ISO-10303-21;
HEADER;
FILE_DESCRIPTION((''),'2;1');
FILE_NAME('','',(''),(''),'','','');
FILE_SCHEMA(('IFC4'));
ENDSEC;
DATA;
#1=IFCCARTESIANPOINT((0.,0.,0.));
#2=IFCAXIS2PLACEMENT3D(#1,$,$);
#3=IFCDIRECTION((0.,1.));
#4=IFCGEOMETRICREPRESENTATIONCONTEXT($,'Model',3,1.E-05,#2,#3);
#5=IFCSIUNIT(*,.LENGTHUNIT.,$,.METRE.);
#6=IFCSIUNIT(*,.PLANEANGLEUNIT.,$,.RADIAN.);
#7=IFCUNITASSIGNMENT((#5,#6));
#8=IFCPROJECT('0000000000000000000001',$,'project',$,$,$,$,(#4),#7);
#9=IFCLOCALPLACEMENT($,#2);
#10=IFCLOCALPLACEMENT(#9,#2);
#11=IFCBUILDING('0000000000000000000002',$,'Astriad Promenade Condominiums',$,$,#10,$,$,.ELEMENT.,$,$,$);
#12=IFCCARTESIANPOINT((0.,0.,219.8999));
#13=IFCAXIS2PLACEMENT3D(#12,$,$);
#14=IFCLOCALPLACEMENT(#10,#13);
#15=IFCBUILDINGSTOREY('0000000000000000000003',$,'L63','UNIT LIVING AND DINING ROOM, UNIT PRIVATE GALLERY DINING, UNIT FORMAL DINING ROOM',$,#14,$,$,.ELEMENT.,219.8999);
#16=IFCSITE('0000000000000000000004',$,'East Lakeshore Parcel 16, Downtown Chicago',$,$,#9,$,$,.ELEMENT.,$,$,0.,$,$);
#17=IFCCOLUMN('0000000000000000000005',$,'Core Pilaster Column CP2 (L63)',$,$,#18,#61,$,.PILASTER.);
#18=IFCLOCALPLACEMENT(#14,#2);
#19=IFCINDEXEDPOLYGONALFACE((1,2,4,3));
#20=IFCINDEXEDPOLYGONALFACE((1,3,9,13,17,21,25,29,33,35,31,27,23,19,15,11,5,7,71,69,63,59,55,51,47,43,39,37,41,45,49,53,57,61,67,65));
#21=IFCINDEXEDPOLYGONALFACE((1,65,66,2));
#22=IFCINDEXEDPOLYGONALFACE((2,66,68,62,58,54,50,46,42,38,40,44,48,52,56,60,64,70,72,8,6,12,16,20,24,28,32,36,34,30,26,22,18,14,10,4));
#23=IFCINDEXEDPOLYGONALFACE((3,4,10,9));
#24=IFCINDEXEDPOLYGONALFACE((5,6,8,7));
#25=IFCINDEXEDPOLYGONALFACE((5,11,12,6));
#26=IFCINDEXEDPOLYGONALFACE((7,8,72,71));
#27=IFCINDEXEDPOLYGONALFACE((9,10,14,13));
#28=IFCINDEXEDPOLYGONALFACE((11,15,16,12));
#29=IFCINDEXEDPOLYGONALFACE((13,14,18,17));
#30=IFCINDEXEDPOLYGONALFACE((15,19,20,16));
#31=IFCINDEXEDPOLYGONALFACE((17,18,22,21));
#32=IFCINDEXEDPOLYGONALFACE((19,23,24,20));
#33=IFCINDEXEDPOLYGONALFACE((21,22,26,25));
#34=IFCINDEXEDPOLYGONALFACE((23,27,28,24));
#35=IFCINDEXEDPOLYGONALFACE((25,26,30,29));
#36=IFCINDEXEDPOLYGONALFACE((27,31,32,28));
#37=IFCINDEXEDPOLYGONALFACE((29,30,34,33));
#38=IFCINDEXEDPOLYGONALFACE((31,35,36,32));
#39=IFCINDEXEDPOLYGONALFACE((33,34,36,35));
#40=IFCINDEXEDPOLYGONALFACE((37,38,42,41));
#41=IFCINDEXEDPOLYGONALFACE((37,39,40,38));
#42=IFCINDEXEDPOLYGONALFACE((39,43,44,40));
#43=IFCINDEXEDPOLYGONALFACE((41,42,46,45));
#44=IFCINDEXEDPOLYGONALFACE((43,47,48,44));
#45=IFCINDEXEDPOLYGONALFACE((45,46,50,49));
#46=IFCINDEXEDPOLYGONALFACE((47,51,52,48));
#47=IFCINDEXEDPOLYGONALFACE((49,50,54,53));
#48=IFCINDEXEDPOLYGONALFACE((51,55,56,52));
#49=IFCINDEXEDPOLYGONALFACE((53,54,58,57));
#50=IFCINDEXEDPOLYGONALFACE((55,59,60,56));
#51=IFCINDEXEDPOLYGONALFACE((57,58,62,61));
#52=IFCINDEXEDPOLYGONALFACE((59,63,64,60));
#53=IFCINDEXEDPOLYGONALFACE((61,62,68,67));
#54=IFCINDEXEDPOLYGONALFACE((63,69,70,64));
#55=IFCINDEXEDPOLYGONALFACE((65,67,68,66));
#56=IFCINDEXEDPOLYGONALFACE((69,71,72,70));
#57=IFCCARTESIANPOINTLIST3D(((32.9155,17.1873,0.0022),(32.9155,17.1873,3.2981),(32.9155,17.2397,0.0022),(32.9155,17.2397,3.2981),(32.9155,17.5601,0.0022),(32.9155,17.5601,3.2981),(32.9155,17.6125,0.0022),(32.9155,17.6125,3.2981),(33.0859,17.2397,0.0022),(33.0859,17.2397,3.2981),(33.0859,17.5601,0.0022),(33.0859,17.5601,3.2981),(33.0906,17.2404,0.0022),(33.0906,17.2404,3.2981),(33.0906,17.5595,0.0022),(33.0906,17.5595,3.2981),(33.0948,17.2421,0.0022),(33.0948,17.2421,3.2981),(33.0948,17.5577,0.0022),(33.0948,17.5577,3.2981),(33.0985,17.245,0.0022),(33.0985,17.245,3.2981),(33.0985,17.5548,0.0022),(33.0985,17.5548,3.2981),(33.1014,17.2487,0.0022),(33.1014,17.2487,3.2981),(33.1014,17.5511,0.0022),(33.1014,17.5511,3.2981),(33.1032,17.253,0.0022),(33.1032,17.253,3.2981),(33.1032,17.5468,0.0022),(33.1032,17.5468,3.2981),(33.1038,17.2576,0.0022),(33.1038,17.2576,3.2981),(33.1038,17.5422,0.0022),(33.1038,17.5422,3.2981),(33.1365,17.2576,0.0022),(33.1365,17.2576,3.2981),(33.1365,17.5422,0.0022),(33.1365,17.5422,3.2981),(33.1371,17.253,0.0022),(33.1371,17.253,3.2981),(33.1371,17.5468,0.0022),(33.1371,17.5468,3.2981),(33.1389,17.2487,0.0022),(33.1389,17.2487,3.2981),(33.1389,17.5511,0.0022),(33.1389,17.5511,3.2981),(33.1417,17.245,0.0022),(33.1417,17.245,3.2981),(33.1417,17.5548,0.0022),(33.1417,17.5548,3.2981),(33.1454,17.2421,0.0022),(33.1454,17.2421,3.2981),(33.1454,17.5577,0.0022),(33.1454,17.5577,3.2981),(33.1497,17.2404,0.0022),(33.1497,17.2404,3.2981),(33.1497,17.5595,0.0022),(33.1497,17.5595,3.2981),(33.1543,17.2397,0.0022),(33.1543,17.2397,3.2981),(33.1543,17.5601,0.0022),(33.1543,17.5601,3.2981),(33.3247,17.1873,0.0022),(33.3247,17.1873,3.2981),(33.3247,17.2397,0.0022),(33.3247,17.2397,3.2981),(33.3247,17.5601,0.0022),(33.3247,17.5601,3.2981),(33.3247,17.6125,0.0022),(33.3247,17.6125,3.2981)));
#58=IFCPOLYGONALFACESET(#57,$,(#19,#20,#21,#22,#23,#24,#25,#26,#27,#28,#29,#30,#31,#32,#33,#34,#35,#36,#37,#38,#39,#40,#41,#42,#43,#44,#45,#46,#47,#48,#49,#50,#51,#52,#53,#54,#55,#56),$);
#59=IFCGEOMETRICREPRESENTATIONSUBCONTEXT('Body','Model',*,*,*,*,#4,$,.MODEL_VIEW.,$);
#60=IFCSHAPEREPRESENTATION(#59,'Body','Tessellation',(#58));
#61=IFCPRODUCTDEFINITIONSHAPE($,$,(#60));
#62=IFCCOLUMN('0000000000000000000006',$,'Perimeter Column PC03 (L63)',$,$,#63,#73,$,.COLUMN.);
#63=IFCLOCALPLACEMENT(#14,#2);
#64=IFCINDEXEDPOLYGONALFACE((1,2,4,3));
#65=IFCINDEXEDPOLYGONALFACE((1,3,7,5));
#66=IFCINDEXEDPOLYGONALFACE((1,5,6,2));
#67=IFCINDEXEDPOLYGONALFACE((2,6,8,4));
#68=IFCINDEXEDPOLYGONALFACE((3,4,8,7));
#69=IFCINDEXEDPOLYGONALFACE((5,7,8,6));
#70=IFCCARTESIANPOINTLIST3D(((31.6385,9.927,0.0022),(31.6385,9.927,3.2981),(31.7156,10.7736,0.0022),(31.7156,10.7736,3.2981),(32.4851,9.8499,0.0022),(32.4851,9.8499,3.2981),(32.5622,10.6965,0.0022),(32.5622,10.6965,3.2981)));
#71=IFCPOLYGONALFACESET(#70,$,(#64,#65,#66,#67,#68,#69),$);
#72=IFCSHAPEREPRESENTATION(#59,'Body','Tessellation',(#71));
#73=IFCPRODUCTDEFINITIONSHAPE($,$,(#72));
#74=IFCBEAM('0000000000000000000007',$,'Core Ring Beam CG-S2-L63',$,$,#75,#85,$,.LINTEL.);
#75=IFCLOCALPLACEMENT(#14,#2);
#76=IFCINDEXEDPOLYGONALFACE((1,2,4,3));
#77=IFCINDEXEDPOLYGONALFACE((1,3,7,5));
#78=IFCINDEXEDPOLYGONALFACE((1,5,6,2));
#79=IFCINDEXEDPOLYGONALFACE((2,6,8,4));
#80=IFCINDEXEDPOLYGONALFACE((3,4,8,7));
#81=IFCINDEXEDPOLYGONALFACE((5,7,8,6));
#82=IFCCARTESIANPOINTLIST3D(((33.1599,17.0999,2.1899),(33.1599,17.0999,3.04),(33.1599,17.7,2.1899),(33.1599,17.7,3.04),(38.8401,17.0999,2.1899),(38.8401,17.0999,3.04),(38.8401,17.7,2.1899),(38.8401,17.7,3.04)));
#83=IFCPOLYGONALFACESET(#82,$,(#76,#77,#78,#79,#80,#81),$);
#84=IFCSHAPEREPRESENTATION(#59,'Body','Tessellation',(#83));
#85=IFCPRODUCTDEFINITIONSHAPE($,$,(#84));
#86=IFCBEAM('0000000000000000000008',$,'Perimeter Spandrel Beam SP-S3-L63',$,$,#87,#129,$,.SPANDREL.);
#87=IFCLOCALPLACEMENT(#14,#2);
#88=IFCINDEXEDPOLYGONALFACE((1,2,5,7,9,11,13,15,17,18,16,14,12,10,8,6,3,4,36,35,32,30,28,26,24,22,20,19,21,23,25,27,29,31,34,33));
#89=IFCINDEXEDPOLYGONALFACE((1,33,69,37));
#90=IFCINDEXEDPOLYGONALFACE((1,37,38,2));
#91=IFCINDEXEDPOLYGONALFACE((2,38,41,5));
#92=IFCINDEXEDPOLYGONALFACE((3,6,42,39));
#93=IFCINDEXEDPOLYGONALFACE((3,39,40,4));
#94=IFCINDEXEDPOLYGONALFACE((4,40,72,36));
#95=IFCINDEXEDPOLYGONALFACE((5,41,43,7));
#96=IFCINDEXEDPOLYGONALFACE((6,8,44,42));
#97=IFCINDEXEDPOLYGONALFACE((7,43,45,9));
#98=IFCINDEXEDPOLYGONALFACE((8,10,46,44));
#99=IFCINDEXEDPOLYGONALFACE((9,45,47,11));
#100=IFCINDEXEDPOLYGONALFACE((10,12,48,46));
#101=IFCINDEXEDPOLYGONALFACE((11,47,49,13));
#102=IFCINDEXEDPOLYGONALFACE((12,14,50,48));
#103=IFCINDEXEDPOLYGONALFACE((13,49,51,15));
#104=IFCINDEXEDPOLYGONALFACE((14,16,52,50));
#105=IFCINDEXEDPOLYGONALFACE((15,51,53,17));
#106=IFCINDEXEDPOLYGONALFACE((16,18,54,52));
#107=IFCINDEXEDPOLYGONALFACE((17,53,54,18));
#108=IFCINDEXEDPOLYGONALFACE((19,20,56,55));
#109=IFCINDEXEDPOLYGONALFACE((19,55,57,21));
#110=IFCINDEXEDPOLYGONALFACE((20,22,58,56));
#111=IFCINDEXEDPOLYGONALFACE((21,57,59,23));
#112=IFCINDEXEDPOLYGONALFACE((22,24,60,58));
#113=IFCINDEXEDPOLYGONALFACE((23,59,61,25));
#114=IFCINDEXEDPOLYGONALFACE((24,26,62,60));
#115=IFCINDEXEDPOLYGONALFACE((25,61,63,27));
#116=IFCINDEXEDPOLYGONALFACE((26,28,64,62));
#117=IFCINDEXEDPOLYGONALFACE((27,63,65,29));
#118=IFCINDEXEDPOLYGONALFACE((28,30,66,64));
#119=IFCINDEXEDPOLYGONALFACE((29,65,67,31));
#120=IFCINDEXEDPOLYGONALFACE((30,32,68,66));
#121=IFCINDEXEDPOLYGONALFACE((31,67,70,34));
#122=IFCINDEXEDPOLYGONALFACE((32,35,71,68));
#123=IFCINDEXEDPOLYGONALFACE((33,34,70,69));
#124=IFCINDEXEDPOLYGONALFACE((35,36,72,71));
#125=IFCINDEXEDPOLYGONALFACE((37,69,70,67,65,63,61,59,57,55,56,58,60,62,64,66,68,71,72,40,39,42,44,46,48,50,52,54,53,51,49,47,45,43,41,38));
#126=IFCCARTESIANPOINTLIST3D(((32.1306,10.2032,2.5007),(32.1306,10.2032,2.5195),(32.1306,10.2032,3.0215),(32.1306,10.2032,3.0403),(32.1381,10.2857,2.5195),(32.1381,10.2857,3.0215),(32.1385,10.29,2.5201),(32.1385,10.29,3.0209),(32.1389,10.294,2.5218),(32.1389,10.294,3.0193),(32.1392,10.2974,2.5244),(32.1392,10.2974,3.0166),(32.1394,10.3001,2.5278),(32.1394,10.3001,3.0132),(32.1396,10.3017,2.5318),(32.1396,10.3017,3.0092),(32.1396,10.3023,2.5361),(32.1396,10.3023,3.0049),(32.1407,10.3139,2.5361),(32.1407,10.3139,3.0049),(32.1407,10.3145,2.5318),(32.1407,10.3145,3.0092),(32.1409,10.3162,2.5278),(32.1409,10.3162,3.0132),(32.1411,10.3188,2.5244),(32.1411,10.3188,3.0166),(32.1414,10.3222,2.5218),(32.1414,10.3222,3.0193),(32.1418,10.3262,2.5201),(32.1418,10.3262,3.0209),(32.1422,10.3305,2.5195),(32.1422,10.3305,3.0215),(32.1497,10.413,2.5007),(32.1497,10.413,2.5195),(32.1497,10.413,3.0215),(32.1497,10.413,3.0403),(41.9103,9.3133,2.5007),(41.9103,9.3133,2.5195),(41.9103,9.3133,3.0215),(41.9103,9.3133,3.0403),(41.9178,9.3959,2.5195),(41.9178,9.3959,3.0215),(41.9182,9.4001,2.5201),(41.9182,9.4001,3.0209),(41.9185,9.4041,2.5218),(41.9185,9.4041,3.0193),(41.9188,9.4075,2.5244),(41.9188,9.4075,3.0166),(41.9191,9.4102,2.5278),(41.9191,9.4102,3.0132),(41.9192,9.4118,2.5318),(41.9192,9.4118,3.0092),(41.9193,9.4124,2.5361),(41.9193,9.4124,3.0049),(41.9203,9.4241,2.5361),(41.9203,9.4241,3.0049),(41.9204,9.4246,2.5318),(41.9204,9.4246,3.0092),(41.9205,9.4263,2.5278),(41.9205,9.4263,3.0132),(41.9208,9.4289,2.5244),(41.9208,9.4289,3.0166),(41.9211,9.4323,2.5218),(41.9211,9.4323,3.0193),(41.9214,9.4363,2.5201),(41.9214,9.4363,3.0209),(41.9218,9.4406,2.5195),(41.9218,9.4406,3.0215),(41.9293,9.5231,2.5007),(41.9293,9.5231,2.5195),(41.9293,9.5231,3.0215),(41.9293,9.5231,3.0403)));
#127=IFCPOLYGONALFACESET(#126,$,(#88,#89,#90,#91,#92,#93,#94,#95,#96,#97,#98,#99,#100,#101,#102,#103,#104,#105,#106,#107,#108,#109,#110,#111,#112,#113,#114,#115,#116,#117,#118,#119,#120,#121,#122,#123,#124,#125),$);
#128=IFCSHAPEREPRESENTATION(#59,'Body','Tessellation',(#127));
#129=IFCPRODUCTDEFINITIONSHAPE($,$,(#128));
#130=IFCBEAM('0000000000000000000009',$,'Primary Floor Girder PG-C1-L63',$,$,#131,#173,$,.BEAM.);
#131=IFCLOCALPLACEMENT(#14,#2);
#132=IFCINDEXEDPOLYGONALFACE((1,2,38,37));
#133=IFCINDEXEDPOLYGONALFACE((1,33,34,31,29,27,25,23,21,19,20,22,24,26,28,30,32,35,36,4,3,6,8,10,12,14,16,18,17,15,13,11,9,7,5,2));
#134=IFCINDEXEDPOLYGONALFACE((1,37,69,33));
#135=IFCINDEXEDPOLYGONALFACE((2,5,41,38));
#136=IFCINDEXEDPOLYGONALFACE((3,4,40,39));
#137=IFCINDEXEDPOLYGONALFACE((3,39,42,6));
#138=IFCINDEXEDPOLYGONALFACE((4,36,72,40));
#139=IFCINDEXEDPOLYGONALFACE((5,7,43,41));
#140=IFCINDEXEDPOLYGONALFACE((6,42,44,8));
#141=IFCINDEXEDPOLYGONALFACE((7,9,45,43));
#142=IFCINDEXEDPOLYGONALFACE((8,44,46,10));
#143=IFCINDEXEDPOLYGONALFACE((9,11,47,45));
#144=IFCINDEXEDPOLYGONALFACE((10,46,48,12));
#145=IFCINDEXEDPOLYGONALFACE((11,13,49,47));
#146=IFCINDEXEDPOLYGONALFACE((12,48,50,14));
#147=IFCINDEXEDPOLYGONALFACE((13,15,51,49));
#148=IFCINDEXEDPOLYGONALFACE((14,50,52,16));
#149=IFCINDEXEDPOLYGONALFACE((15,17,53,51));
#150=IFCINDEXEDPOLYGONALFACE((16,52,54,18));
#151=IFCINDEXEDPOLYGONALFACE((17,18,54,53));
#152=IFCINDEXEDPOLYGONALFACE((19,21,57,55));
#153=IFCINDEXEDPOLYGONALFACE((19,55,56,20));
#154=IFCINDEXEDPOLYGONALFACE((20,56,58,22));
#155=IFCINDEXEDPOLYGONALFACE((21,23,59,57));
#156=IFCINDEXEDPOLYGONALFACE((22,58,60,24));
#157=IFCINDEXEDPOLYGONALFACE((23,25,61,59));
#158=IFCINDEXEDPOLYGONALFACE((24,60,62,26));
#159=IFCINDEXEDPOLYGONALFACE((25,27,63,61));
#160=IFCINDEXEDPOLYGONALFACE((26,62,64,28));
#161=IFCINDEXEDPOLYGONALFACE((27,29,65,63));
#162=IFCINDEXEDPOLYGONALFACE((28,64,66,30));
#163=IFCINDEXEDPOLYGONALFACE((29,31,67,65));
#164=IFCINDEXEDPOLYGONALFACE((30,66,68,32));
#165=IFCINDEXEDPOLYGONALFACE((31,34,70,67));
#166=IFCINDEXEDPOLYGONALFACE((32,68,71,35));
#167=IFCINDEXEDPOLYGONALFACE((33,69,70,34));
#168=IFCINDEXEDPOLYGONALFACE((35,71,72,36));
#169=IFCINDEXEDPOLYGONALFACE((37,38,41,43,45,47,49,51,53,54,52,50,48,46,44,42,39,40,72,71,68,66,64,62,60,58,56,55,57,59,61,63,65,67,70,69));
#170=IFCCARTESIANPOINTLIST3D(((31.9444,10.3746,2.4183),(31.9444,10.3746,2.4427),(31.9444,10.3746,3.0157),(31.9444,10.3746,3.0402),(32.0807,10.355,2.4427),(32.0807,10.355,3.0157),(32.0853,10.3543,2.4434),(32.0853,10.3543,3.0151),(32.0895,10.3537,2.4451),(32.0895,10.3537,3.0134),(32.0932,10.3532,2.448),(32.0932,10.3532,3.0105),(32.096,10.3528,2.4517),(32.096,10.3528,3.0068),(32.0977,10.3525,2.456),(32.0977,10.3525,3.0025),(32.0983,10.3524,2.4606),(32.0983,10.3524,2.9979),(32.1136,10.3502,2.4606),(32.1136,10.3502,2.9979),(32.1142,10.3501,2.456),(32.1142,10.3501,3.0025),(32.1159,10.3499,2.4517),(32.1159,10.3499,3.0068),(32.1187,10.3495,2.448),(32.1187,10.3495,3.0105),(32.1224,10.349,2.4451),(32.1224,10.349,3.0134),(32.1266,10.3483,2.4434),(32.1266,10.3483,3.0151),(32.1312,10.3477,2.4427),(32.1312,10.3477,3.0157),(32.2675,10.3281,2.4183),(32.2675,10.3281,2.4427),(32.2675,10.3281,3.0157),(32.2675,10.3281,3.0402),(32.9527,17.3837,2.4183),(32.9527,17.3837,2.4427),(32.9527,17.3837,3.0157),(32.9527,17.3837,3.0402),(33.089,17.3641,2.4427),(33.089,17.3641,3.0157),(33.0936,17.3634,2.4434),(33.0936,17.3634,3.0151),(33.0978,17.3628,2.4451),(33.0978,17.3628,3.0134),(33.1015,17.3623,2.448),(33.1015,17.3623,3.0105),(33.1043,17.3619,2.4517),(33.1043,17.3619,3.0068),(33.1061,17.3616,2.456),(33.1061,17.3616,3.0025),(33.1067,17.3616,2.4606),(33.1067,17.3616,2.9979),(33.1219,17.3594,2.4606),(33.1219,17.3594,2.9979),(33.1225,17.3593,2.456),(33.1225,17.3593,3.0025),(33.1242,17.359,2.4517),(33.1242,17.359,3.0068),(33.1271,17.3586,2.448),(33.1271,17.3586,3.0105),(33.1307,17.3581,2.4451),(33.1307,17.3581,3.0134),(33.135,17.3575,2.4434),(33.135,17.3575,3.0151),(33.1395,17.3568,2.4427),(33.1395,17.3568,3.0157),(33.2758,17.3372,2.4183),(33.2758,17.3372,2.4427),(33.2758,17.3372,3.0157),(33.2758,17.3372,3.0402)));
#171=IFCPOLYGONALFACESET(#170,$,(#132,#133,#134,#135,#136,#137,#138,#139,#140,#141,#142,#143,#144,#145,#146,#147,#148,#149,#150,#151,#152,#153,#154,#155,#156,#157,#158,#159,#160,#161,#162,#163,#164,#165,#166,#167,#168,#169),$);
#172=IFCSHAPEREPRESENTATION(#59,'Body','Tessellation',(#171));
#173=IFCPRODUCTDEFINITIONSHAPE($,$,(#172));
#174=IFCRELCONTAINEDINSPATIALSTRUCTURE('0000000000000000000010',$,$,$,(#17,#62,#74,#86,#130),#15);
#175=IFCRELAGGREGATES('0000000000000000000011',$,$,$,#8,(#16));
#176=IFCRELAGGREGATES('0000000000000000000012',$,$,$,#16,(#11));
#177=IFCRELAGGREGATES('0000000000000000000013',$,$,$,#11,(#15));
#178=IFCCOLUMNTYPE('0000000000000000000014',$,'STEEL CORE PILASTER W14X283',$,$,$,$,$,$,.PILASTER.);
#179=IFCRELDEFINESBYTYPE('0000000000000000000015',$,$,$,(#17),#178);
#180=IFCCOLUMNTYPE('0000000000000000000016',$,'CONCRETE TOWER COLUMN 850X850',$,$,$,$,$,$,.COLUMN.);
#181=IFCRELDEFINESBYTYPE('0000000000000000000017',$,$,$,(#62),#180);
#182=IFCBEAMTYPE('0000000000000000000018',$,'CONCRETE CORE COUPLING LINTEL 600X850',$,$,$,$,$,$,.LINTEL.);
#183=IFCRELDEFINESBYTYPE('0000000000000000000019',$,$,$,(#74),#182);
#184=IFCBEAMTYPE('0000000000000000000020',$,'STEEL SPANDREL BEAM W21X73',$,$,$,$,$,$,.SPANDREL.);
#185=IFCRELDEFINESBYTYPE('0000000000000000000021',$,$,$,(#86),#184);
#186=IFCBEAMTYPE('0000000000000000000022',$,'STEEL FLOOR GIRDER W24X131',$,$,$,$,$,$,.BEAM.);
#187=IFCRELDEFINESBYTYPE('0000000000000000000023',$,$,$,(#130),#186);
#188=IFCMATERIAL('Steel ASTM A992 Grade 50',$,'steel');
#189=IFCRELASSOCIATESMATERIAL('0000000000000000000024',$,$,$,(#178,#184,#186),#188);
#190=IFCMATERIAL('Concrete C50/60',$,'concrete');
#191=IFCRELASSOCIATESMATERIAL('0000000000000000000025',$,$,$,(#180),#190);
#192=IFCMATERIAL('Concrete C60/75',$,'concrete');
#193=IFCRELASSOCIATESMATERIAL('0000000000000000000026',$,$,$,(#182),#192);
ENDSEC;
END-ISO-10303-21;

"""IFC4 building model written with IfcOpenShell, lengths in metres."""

from ifc_helpers import new_model, si_unit, direction, frame, origin, origin_2d, place, context, subcontext, project, spatial, rectangle, i_section, extrude, source, transform, mapped, material, material_profile, profile_set, type_object, type_shapes, element, save


model = new_model("IFC4")

# Units and contexts
model_context = context("Model", 3, precision=1e-05, world=origin(), true_north=direction((0.0, 1.0)))
body_context = subcontext(model_context, "Body", "Model", "MODEL_VIEW")
ifc_project = project(units=[si_unit("LENGTHUNIT", "METRE"), si_unit("PLANEANGLEUNIT", "RADIAN")], contexts=[model_context])

# Site, building, storey
site_placement = place(None, origin())
site = spatial("IfcSite", under=ifc_project, at=site_placement, Name="East Lakeshore Parcel 16, Downtown Chicago", CompositionType="ELEMENT", RefElevation=0.0)
building_placement = place(site_placement, origin())
building = spatial("IfcBuilding", under=site, at=building_placement, Name="Astriad Promenade Condominiums", CompositionType="ELEMENT")
storey_placement = place(building_placement, frame((0.0, 0.0, 219.8999)))
storey = spatial("IfcBuildingStorey", under=building, at=storey_placement, Name="L63", Description="UNIT LIVING AND DINING ROOM, UNIT PRIVATE GALLERY DINING, UNIT FORMAL DINING ROOM", CompositionType="ELEMENT", Elevation=219.8999)

# Columns
ifc_material_1 = material(Name="Steel ASTM A992 Grade 50", Category="steel")
ifc_material_profile_1 = material_profile(ifc_material_1, i_section(OverallWidth=0.4092, OverallDepth=0.4253, WebThickness=0.0327, FlangeThickness=0.0525, FilletRadius=0.0178, at=origin_2d()), Name="W14X283")
ifc_profile_set_1 = profile_set([ifc_material_profile_1], Name="Steel ASTM A992 Grade 50")
column_type_1 = type_object("IfcColumnType", Name="STEEL CORE PILASTER W14X283", PredefinedType="PILASTER", material=ifc_profile_set_1)
shared_shape_1 = source(origin(), body_context, "Body", "SweptSolid", [
    extrude(i_section(OverallWidth=0.4092, OverallDepth=0.4253, WebThickness=0.0327, FlangeThickness=0.0525, FilletRadius=0.0178, at=origin_2d()), origin(), (0.0, 0.0, 1.0), 3.2959),
])
type_shapes(column_type_1, [shared_shape_1])
column_1_placement = place(storey_placement, frame((33.1201, 17.3999, 0.0022), z_axis=(0.0, 0.0, 1.0), x_axis=(1.0, 0.0, 0.0)))
element("IfcColumn", 1, at=column_1_placement, inside=storey, type_object=column_type_1, Name="Core Pilaster Column CP2 (L63)", PredefinedType="PILASTER", context=body_context, shape_type="MappedRepresentation", body=[
    mapped(shared_shape_1, transform((0.0, 0.0, 0.0), scale=1.0)),
])
ifc_material_2 = material(Name="Concrete C50/60", Category="concrete")
ifc_material_profile_2 = material_profile(ifc_material_2, rectangle(XDim=0.8501, YDim=0.8501, at=origin_2d()), Name="RC-COL-850X850")
ifc_profile_set_2 = profile_set([ifc_material_profile_2], Name="Concrete C50/60")
column_type_2 = type_object("IfcColumnType", Name="CONCRETE TOWER COLUMN 850X850", PredefinedType="COLUMN", material=ifc_profile_set_2)
shared_shape_2 = source(origin(), body_context, "Body", "SweptSolid", [
    extrude(rectangle(XDim=0.8501, YDim=0.8501, at=origin_2d()), origin(), (0.0, 0.0, 1.0), 3.2959),
])
type_shapes(column_type_2, [shared_shape_2])
column_2_placement = place(storey_placement, frame((32.1003, 10.3118, 0.0022), z_axis=(0.0, 0.0, 1.0), x_axis=(0.995884, -0.090633, 0.0)))
element("IfcColumn", 2, at=column_2_placement, inside=storey, type_object=column_type_2, Name="Perimeter Column PC03 (L63)", PredefinedType="COLUMN", context=body_context, shape_type="MappedRepresentation", body=[
    mapped(shared_shape_2, transform((0.0, 0.0, 0.0), scale=1.0)),
])

# Beams
ifc_material_3 = material(Name="Concrete C60/75", Category="concrete")
ifc_material_profile_3 = material_profile(ifc_material_3, rectangle(XDim=0.6001, YDim=0.8501, at=origin_2d()), Name="RC-BM-600X850")
ifc_profile_set_3 = profile_set([ifc_material_profile_3], Name="Concrete C60/75")
beam_type_1 = type_object("IfcBeamType", Name="CONCRETE CORE COUPLING LINTEL 600X850", PredefinedType="LINTEL", material=ifc_profile_set_3)
shared_shape_3 = source(origin(), body_context, "Body", "SweptSolid", [
    extrude(rectangle(XDim=0.6001, YDim=0.8501, at=origin_2d()), origin(), (0.0, 0.0, 1.0), 5.6802),
])
type_shapes(beam_type_1, [shared_shape_3])
beam_1_placement = place(storey_placement, frame((33.1599, 17.3999, 2.615), z_axis=(1.0, 0.0, 0.0), x_axis=(0.0, 1.0, 0.0)))
element("IfcBeam", 3, at=beam_1_placement, inside=storey, type_object=beam_type_1, Name="Core Ring Beam CG-S2-L63", PredefinedType="LINTEL", context=body_context, shape_type="MappedRepresentation", body=[
    mapped(shared_shape_3, transform((0.0, 0.0, 0.0), scale=1.0)),
])
ifc_material_profile_4 = material_profile(ifc_material_1, i_section(OverallWidth=0.2107, OverallDepth=0.5396, WebThickness=0.0117, FlangeThickness=0.0188, FilletRadius=0.0166, at=origin_2d()), Name="W21X73")
ifc_profile_set_4 = profile_set([ifc_material_profile_4], Name="Steel ASTM A992 Grade 50")
beam_type_2 = type_object("IfcBeamType", Name="STEEL SPANDREL BEAM W21X73", PredefinedType="SPANDREL", material=ifc_profile_set_4)
shared_shape_4 = source(origin(), body_context, "Body", "SweptSolid", [
    extrude(i_section(OverallWidth=0.2107, OverallDepth=0.5396, WebThickness=0.0117, FlangeThickness=0.0188, FilletRadius=0.0166, at=origin_2d()), origin(), (0.0, 0.0, 1.0), 9.8201),
])
type_shapes(beam_type_2, [shared_shape_4])
beam_2_placement = place(storey_placement, frame((32.1401, 10.3081, 2.7705), z_axis=(0.995886, -0.090619, 0.0), x_axis=(0.090619, 0.995886, 0.0)))
element("IfcBeam", 4, at=beam_2_placement, inside=storey, type_object=beam_type_2, Name="Perimeter Spandrel Beam SP-S3-L63", PredefinedType="SPANDREL", context=body_context, shape_type="MappedRepresentation", body=[
    mapped(shared_shape_4, transform((0.0, 0.0, 0.0), scale=1.0)),
])
ifc_material_profile_5 = material_profile(ifc_material_1, i_section(OverallWidth=0.3264, OverallDepth=0.6218, WebThickness=0.0154, FlangeThickness=0.0244, FilletRadius=0.0178, at=origin_2d()), Name="W24X131")
ifc_profile_set_5 = profile_set([ifc_material_profile_5], Name="Steel ASTM A992 Grade 50")
beam_type_3 = type_object("IfcBeamType", Name="STEEL FLOOR GIRDER W24X131", PredefinedType="BEAM", material=ifc_profile_set_5)
shared_shape_5 = source(origin(), body_context, "Body", "SweptSolid", [
    extrude(i_section(OverallWidth=0.3264, OverallDepth=0.6218, WebThickness=0.0154, FlangeThickness=0.0244, FilletRadius=0.0178, at=origin_2d()), origin(), (0.0, 0.0, 1.0), 7.0813),
])
beam_3_placement = place(storey_placement, frame((32.106, 10.3513, 2.7292), z_axis=(0.142391, 0.98981, 0.0), x_axis=(-0.98981, 0.142391, 0.0)))
element("IfcBeam", 5, at=beam_3_placement, inside=storey, type_object=beam_type_3, Name="Primary Floor Girder PG-C1-L63", PredefinedType="BEAM", context=body_context, shape_type="MappedRepresentation", body=[
    mapped(shared_shape_5, transform((0.0, 0.0, 0.0), scale=1.0)),
])

save(model, "model.ifc")
